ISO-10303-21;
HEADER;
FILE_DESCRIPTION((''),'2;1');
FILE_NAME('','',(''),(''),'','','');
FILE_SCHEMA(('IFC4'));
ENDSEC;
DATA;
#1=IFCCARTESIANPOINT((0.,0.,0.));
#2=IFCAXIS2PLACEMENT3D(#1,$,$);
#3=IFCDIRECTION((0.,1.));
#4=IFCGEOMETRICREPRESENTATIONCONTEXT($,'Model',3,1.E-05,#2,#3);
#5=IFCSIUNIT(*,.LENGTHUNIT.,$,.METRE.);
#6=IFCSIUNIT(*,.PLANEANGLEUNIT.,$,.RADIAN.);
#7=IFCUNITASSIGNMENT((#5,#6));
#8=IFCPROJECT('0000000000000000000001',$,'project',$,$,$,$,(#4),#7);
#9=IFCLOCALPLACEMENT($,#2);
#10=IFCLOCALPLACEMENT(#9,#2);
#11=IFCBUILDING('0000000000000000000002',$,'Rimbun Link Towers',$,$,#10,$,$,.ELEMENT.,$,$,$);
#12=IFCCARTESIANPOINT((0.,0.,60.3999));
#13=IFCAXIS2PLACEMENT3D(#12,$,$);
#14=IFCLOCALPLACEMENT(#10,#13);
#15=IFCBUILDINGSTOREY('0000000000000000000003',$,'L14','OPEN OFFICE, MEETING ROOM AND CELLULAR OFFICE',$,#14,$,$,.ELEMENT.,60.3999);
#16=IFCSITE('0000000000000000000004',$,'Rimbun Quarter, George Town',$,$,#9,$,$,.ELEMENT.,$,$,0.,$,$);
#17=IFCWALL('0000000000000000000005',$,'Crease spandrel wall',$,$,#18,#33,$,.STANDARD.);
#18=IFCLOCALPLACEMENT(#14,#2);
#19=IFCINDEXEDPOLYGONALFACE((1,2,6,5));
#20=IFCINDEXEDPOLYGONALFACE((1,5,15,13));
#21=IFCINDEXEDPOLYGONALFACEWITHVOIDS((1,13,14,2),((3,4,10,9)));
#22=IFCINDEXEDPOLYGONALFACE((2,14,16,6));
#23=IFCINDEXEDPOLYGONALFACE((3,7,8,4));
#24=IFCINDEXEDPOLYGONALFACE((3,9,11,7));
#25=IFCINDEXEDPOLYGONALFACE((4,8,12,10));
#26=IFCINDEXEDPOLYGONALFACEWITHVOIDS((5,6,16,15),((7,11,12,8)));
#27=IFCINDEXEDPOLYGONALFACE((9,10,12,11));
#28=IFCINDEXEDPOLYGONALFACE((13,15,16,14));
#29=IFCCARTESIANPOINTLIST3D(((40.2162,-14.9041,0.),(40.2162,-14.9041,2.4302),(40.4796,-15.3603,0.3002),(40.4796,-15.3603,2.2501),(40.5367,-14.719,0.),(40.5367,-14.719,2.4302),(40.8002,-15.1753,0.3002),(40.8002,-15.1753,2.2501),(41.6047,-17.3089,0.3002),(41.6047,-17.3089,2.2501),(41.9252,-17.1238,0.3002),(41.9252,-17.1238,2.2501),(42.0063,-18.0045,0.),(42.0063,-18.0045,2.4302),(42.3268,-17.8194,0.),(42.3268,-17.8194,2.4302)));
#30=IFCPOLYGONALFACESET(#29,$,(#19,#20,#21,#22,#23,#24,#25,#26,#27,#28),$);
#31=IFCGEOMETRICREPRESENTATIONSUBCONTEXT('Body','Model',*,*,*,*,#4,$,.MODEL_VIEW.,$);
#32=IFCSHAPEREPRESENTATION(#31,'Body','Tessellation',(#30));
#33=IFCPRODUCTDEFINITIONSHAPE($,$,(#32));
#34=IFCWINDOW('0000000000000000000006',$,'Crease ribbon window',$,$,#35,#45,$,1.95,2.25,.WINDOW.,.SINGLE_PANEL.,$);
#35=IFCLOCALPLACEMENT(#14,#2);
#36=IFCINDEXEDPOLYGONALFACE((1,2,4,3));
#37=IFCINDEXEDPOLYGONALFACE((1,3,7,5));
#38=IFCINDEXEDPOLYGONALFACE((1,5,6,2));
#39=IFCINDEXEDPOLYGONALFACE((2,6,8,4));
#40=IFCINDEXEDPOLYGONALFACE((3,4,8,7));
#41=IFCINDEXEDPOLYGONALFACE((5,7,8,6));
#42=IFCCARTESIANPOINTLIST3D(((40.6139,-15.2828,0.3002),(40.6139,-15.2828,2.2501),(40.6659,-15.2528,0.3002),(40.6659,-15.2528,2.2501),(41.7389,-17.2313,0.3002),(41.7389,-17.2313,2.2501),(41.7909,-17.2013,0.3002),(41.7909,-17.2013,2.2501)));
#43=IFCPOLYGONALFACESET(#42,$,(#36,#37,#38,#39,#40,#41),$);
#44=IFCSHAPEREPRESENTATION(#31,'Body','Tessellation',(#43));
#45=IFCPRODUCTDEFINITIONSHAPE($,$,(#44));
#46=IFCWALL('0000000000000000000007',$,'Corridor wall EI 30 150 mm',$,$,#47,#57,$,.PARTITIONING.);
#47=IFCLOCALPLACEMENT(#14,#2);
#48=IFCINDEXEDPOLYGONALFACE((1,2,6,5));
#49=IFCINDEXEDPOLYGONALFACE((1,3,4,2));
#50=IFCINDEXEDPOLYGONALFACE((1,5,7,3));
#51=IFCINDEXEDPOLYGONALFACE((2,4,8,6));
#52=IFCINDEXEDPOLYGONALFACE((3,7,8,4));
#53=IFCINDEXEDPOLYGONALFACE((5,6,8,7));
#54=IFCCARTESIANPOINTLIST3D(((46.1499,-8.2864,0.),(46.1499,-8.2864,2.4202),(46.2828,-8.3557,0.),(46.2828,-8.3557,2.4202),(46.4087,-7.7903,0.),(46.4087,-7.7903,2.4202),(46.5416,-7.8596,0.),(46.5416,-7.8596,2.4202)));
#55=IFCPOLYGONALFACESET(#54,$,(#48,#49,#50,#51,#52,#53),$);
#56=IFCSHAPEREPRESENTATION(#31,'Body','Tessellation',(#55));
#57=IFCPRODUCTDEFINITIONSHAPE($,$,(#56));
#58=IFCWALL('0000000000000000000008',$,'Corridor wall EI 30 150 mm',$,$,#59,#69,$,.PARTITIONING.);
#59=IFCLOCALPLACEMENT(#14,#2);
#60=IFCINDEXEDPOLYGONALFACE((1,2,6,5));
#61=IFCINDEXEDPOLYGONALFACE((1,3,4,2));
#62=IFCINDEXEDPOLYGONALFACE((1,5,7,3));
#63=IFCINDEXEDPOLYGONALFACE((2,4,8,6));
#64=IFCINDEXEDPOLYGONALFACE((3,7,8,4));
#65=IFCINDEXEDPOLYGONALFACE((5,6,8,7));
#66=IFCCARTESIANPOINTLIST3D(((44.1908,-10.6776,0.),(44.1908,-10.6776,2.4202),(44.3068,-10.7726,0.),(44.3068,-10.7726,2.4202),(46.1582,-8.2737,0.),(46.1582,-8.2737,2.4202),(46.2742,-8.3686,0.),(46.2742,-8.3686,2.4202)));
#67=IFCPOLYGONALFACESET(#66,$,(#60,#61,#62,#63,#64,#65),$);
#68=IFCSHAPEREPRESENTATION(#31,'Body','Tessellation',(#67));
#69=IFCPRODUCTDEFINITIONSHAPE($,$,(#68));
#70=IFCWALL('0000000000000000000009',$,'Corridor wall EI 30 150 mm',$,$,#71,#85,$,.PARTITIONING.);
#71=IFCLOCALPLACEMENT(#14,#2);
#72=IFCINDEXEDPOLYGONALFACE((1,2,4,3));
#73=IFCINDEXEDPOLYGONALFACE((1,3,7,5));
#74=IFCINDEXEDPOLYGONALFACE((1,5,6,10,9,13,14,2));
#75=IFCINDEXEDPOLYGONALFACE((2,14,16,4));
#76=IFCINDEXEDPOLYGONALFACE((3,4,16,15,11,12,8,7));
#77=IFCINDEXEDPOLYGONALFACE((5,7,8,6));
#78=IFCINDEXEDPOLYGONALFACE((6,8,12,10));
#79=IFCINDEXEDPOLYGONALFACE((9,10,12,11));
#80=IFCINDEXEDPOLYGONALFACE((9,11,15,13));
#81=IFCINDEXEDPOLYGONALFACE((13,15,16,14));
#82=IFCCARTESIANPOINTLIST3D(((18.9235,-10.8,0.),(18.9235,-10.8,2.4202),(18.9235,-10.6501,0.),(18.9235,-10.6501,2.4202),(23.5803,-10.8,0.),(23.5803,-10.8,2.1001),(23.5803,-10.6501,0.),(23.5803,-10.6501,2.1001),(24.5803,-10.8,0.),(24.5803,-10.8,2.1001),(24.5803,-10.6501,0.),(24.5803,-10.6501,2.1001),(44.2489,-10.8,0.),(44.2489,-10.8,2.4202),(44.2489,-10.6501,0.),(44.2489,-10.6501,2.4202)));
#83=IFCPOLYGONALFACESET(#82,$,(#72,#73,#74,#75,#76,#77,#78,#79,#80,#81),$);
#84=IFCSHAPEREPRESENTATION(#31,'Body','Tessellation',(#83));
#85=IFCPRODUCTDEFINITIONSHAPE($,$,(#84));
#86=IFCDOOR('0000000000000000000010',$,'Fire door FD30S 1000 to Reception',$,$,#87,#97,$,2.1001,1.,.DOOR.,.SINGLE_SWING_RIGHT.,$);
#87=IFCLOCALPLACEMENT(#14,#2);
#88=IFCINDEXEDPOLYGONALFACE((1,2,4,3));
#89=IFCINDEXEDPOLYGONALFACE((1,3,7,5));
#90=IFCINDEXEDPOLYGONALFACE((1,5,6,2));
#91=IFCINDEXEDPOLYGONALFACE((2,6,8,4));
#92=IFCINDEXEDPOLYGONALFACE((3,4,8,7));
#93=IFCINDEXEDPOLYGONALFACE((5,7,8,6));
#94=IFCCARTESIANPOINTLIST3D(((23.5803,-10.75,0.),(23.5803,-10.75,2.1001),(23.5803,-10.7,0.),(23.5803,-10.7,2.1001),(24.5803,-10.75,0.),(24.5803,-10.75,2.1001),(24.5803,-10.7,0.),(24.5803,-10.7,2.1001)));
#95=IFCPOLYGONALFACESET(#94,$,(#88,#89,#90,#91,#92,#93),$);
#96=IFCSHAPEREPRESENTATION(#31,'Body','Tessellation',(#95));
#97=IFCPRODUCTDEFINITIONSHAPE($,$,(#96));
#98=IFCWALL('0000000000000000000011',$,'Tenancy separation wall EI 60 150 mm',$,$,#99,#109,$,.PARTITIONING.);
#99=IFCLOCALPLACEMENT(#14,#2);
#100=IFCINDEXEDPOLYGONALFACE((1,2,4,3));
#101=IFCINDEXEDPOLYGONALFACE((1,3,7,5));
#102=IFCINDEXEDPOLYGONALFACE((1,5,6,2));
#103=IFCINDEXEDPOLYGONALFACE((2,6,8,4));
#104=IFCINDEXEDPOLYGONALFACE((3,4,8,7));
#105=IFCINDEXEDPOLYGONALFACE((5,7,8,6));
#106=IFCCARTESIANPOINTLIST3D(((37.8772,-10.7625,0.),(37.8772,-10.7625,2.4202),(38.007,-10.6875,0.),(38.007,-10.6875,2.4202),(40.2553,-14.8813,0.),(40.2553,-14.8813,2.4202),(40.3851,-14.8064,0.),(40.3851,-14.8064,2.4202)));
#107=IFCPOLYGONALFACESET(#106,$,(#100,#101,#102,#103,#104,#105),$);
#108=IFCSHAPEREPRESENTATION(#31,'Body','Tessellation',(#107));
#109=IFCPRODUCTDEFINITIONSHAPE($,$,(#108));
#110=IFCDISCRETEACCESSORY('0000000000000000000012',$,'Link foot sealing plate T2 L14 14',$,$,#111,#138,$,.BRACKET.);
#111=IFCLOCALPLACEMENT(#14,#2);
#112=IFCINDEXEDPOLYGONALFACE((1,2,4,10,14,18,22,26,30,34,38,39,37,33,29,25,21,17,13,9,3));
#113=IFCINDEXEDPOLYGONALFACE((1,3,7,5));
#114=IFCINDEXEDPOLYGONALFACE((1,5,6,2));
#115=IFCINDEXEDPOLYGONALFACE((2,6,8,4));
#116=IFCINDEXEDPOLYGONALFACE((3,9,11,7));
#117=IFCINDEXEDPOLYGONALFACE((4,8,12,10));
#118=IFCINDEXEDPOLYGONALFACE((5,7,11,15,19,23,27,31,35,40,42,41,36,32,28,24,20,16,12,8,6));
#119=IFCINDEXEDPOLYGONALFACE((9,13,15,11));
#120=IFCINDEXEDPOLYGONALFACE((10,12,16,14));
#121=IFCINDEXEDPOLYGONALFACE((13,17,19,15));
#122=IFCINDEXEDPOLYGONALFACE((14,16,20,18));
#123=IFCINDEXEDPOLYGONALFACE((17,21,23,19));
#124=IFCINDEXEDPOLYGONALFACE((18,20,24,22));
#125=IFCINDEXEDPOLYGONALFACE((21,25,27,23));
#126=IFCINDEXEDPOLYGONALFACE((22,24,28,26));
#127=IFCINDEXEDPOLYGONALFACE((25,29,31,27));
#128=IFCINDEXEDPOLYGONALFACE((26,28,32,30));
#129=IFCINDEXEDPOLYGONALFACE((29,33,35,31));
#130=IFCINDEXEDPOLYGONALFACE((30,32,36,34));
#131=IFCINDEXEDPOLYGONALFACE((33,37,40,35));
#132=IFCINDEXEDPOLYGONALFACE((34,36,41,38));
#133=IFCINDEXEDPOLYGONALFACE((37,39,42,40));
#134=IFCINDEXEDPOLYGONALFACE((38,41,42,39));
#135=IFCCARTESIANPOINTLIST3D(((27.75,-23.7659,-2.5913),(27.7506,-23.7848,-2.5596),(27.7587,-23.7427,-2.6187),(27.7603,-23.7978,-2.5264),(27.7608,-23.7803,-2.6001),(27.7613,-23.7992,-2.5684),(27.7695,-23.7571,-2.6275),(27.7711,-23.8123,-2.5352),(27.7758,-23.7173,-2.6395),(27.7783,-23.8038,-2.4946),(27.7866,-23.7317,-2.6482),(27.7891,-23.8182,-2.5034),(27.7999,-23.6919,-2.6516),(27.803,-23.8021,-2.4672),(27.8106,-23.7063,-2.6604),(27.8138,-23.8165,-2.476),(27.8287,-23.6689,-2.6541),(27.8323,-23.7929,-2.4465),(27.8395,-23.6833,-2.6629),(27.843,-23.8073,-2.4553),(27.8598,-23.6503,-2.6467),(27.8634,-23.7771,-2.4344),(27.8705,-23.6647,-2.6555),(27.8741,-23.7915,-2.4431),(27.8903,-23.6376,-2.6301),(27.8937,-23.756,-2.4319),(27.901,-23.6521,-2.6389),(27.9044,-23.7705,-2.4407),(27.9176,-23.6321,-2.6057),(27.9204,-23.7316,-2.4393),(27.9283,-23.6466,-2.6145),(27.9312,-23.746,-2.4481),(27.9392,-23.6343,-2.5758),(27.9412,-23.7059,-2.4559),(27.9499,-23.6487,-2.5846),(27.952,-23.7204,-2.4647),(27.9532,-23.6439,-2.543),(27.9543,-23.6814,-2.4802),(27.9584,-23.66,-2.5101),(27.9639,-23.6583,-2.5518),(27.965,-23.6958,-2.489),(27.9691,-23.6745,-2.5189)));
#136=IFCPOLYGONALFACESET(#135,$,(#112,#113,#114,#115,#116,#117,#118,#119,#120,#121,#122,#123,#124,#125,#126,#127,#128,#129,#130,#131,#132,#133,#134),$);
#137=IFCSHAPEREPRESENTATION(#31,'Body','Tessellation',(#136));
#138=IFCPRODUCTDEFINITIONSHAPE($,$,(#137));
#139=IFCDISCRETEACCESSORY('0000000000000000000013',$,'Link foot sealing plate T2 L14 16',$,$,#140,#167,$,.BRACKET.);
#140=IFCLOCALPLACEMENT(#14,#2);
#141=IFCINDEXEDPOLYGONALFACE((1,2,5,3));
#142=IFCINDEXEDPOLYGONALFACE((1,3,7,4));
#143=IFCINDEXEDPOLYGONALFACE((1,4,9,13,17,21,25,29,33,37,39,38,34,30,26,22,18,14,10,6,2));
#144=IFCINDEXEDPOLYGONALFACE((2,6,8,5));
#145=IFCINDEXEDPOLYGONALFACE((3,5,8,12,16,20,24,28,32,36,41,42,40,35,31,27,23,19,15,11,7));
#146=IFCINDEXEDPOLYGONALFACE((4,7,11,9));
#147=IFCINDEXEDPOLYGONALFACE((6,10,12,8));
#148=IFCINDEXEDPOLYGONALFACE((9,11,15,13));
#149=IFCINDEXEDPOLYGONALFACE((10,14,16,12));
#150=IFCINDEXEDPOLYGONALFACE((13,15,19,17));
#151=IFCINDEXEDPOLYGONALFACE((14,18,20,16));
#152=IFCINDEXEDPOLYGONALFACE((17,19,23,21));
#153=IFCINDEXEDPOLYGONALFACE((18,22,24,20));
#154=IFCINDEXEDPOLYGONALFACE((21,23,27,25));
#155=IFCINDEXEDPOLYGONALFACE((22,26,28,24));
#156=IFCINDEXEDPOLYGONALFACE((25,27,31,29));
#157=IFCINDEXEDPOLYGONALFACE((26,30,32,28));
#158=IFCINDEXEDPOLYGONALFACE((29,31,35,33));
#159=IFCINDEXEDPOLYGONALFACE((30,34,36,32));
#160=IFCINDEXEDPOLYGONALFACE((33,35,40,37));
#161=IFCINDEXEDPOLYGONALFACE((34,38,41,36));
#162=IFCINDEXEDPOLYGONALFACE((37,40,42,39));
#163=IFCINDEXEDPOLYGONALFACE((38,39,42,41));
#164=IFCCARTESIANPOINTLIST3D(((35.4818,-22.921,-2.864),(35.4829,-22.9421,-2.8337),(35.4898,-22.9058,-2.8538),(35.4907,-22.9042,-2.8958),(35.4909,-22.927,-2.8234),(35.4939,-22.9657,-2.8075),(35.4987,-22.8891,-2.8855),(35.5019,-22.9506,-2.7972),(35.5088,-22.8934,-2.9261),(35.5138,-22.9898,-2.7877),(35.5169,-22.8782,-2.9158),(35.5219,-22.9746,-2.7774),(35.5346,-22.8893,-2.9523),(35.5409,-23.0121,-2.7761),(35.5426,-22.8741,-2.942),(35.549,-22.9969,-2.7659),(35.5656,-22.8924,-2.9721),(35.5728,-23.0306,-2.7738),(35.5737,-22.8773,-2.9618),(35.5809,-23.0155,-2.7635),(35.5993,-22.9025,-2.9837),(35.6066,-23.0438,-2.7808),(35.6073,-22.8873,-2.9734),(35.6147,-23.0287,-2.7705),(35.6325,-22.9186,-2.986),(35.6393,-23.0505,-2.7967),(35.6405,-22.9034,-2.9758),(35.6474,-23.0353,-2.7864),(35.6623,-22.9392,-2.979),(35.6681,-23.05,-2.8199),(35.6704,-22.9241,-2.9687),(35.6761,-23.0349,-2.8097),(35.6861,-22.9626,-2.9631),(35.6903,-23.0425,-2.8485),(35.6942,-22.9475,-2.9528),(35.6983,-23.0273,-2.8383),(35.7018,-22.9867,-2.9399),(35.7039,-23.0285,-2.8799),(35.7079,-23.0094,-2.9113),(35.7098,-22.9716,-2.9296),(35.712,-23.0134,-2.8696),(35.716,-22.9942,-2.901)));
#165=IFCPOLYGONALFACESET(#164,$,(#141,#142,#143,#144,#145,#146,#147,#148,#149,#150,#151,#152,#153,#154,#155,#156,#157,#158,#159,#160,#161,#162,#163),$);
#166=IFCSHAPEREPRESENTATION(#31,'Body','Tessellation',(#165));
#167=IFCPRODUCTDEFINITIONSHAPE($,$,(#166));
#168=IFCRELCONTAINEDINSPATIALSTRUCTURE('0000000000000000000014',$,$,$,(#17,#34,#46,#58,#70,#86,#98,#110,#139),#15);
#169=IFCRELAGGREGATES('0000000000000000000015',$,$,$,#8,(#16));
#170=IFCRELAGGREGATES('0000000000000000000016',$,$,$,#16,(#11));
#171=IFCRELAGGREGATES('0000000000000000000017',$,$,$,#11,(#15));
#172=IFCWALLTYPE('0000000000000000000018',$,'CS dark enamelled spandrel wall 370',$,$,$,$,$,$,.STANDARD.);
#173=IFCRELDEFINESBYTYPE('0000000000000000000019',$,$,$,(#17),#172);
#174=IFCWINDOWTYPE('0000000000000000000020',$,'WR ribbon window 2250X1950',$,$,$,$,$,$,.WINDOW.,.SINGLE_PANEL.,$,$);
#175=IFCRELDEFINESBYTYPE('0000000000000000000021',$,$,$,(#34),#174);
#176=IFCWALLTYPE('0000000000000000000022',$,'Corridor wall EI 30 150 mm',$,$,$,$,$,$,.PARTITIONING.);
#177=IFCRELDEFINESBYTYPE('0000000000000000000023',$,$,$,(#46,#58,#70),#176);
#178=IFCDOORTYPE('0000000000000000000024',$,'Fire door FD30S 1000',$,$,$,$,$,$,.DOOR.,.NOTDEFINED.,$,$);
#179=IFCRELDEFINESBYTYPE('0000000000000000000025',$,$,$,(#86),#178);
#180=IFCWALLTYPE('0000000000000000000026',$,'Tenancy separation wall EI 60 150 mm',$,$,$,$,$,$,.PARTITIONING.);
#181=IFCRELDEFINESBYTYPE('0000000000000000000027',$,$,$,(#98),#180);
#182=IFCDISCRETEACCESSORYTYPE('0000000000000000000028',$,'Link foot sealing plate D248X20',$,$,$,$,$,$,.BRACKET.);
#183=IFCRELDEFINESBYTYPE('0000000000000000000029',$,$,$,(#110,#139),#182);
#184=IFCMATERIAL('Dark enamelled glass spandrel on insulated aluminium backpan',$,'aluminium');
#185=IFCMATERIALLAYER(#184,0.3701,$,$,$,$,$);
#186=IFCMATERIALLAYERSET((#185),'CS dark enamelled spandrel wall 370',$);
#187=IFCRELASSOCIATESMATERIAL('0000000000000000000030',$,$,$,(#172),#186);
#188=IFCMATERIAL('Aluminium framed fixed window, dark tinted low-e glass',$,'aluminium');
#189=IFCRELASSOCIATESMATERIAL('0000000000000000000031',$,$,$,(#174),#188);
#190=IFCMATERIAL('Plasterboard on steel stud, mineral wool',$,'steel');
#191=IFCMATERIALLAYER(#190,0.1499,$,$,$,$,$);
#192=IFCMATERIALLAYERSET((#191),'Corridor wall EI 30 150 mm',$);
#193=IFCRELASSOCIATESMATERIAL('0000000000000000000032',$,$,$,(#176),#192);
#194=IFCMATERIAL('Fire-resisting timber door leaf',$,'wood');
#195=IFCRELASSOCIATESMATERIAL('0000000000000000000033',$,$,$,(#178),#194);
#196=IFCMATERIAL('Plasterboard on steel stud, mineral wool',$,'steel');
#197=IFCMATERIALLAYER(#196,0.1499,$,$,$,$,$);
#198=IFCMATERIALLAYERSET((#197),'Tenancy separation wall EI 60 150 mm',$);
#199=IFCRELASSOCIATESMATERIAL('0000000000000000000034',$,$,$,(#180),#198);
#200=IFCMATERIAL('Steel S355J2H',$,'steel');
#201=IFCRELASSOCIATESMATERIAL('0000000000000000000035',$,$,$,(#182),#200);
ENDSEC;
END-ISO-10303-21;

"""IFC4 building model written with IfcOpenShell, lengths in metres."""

from ifc_helpers import new_model, si_unit, direction, frame, frame_2d, origin, origin_2d, place, context, subcontext, project, spatial, rectangle, circle, extrude, material, layer, layer_set, material_profile, profile_set, type_object, element, fill, save


model = new_model("IFC4")

# Units and contexts
model_context = context("Model", 3, precision=1e-05, world=origin(), true_north=direction((0.0, 1.0)))
body_context = subcontext(model_context, "Body", "Model", "MODEL_VIEW")
ifc_project = project(units=[si_unit("LENGTHUNIT", "METRE"), si_unit("PLANEANGLEUNIT", "RADIAN")], contexts=[model_context])

# Site, building, storey
site_placement = place(None, origin())
site = spatial("IfcSite", under=ifc_project, at=site_placement, Name="Rimbun Quarter, George Town", CompositionType="ELEMENT", RefElevation=0.0)
building_placement = place(site_placement, origin())
building = spatial("IfcBuilding", under=site, at=building_placement, Name="Rimbun Link Towers", CompositionType="ELEMENT")
storey_placement = place(building_placement, frame((0.0, 0.0, 60.3999)))
storey = spatial("IfcBuildingStorey", under=building, at=storey_placement, Name="L14", Description="OPEN OFFICE, MEETING ROOM AND CELLULAR OFFICE", CompositionType="ELEMENT", Elevation=60.3999)

# Wall, opening, window
ifc_material_1 = material(Name="Dark enamelled glass spandrel on insulated aluminium backpan", Category="aluminium")
ifc_layer_1 = layer(ifc_material_1, 0.3701)
ifc_layer_set_1 = layer_set([ifc_layer_1], Name="CS dark enamelled spandrel wall 370")
wall_type_1 = type_object("IfcWallType", Name="CS dark enamelled spandrel wall 370", PredefinedType="STANDARD", material=ifc_layer_set_1)
wall_1_placement = place(storey_placement, frame((40.3765, -14.8115, 0.0), z_axis=(0.0, 0.0, 1.0), x_axis=(0.500012, -0.866019, 0.0)))
wall_1 = element("IfcWall", 1, at=wall_1_placement, inside=storey, type_object=wall_type_1, Name="Crease spandrel wall", PredefinedType="STANDARD", context=body_context, shape_type="SweptSolid", body=[
    extrude(rectangle(XDim=3.5801, YDim=0.3701, at=frame_2d((1.79, 0.0))), origin(), (0.0, 0.0, 1.0), 2.4302),
])
opening_1_placement = place(wall_1_placement, frame((0.5269, 0.0, 0.3)))
opening_1 = element("IfcOpeningElement", 2, at=opening_1_placement, cuts=wall_1, PredefinedType="OPENING", context=body_context, shape_type="SweptSolid", body=[
    extrude(rectangle(XDim=2.25, YDim=1.95, at=frame_2d((1.125, 0.9751))), frame((0.0, 0.1951, 0.0), z_axis=(0.0, -1.0, 0.0), x_axis=(1.0, 0.0, 0.0)), (0.0, 0.0, 1.0), 0.3901),
])
ifc_material_2 = material(Name="Aluminium framed fixed window, dark tinted low-e glass", Category="aluminium")
window_type_1 = type_object("IfcWindowType", Name="WR ribbon window 2250X1950", PartitioningType="SINGLE_PANEL", PredefinedType="WINDOW", material=ifc_material_2)
window_1_placement = place(opening_1_placement, origin())
window_1 = element("IfcWindow", 3, at=window_1_placement, inside=storey, type_object=window_type_1, Name="Crease ribbon window", OverallHeight=1.95, OverallWidth=2.25, PartitioningType="SINGLE_PANEL", PredefinedType="WINDOW", context=body_context, shape_type="SweptSolid", body=[
    extrude(rectangle(XDim=2.25, YDim=1.95, at=frame_2d((1.125, 0.9751))), frame((0.0, 0.03, 0.0), z_axis=(0.0, -1.0, 0.0), x_axis=(1.0, 0.0, 0.0)), (0.0, 0.0, 1.0), 0.0601),
])
fill(opening_1, window_1)

# Walls
ifc_material_3 = material(Name="Plasterboard on steel stud, mineral wool", Category="steel")
ifc_layer_2 = layer(ifc_material_3, 0.1499)
ifc_layer_set_2 = layer_set([ifc_layer_2], Name="Corridor wall EI 30 150 mm")
wall_type_2 = type_object("IfcWallType", Name="Corridor wall EI 30 150 mm", PredefinedType="PARTITIONING", material=ifc_layer_set_2)
wall_2_placement = place(storey_placement, frame((46.2163, -8.321, 0.0), z_axis=(0.0, 0.0, 1.0), x_axis=(0.462506, 0.886616, 0.0)))
element("IfcWall", 4, at=wall_2_placement, inside=storey, type_object=wall_type_2, Name="Corridor wall EI 30 150 mm", PredefinedType="PARTITIONING", context=body_context, shape_type="SweptSolid", body=[
    extrude(rectangle(XDim=0.5596, YDim=0.1499, at=frame_2d((0.2798, 0.0))), origin(), (0.0, 0.0, 1.0), 2.4202),
])
wall_3_placement = place(storey_placement, frame((44.2488, -10.7251, 0.0), z_axis=(0.0, 0.0, 1.0), x_axis=(0.633349, 0.773866, 0.0)))
element("IfcWall", 5, at=wall_3_placement, inside=storey, type_object=wall_type_2, Name="Corridor wall EI 30 150 mm", PredefinedType="PARTITIONING", context=body_context, shape_type="SweptSolid", body=[
    extrude(rectangle(XDim=3.1064, YDim=0.1499, at=frame_2d((1.5532, 0.0))), origin(), (0.0, 0.0, 1.0), 2.4202),
])

# Wall, opening, door
wall_4_placement = place(storey_placement, frame((44.2488, -10.7251, 0.0), z_axis=(0.0, 0.0, 1.0), x_axis=(-1.0, 0.0, 0.0)))
wall_4 = element("IfcWall", 6, at=wall_4_placement, inside=storey, type_object=wall_type_2, Name="Corridor wall EI 30 150 mm", PredefinedType="PARTITIONING", context=body_context, shape_type="SweptSolid", body=[
    extrude(rectangle(XDim=25.3254, YDim=0.1499, at=frame_2d((12.6626, 0.0))), origin(), (0.0, 0.0, 1.0), 2.4202),
])
opening_2_placement = place(wall_4_placement, frame((19.6685, 0.0, 0.0)))
opening_2 = element("IfcOpeningElement", 7, at=opening_2_placement, cuts=wall_4, PredefinedType="OPENING", context=body_context, shape_type="SweptSolid", body=[
    extrude(rectangle(XDim=1.0, YDim=2.1001, at=frame_2d((0.5, 1.05))), frame((0.0, 0.085, 0.0), z_axis=(0.0, -1.0, 0.0), x_axis=(1.0, 0.0, 0.0)), (0.0, 0.0, 1.0), 0.1699),
])
ifc_material_4 = material(Name="Fire-resisting timber door leaf", Category="wood")
door_type = type_object("IfcDoorType", Name="Fire door FD30S 1000", OperationType="NOTDEFINED", PredefinedType="DOOR", material=ifc_material_4)
door_placement = place(opening_2_placement, origin())
door = element("IfcDoor", 8, at=door_placement, inside=storey, type_object=door_type, Name="Fire door FD30S 1000 to Reception", OperationType="SINGLE_SWING_RIGHT", OverallHeight=2.1001, OverallWidth=1.0, PredefinedType="DOOR", context=body_context, shape_type="SweptSolid", body=[
    extrude(rectangle(XDim=1.0, YDim=2.1001, at=frame_2d((0.5, 1.05))), frame((0.0, 0.0249, 0.0), z_axis=(0.0, -1.0, 0.0), x_axis=(1.0, 0.0, 0.0)), (0.0, 0.0, 1.0), 0.05),
])
fill(opening_2, door)

# Wall
ifc_material_5 = material(Name="Plasterboard on steel stud, mineral wool", Category="steel")
ifc_layer_3 = layer(ifc_material_5, 0.1499)
ifc_layer_set_3 = layer_set([ifc_layer_3], Name="Tenancy separation wall EI 60 150 mm")
wall_type_3 = type_object("IfcWallType", Name="Tenancy separation wall EI 60 150 mm", PredefinedType="PARTITIONING", material=ifc_layer_set_3)
wall_5_placement = place(storey_placement, frame((37.9421, -10.7251, 0.0), z_axis=(0.0, 0.0, 1.0), x_axis=(0.50002, -0.866014, 0.0)))
element("IfcWall", 9, at=wall_5_placement, inside=storey, type_object=wall_type_3, Name="Tenancy separation wall EI 60 150 mm", PredefinedType="PARTITIONING", context=body_context, shape_type="SweptSolid", body=[
    extrude(rectangle(XDim=4.7561, YDim=0.1499, at=frame_2d((2.3779, 0.0))), origin(), (0.0, 0.0, 1.0), 2.4202),
])

# Discrete accessories
ifc_material_6 = material(Name="Steel S355J2H", Category="steel")
ifc_material_profile_1 = material_profile(ifc_material_6, circle(Radius=0.124, at=origin_2d()), Name="PL D248")
ifc_profile_set_1 = profile_set([ifc_material_profile_1], Name="Steel S355J2H")
discrete_accessory_type = type_object("IfcDiscreteAccessoryType", Name="Link foot sealing plate D248X20", PredefinedType="BRACKET", material=ifc_profile_set_1)
for number, where, z_axis, x_axis, name in (
    (10, (27.8538, -23.718, -2.543), (0.537025, -0.720101, -0.439384), (0.801627, 0.597824, 0.0), "Link foot sealing plate T2 L14 14"),
    (11, (35.6025, -22.9551, -2.8696), (-0.403249, -0.75762, -0.513227), (0.882747, -0.469849, 0.0), "Link foot sealing plate T2 L14 16"),
):
    element("IfcDiscreteAccessory", number, at=place(storey_placement, frame(where, z_axis=z_axis, x_axis=x_axis)), inside=storey, type_object=discrete_accessory_type, Name=name, PredefinedType="BRACKET", context=body_context, shape_type="SweptSolid", body=[
        extrude(circle(Radius=0.124, at=origin_2d()), origin(), (0.0, 0.0, 1.0), 0.02),
    ])

save(model, "model.ifc")
